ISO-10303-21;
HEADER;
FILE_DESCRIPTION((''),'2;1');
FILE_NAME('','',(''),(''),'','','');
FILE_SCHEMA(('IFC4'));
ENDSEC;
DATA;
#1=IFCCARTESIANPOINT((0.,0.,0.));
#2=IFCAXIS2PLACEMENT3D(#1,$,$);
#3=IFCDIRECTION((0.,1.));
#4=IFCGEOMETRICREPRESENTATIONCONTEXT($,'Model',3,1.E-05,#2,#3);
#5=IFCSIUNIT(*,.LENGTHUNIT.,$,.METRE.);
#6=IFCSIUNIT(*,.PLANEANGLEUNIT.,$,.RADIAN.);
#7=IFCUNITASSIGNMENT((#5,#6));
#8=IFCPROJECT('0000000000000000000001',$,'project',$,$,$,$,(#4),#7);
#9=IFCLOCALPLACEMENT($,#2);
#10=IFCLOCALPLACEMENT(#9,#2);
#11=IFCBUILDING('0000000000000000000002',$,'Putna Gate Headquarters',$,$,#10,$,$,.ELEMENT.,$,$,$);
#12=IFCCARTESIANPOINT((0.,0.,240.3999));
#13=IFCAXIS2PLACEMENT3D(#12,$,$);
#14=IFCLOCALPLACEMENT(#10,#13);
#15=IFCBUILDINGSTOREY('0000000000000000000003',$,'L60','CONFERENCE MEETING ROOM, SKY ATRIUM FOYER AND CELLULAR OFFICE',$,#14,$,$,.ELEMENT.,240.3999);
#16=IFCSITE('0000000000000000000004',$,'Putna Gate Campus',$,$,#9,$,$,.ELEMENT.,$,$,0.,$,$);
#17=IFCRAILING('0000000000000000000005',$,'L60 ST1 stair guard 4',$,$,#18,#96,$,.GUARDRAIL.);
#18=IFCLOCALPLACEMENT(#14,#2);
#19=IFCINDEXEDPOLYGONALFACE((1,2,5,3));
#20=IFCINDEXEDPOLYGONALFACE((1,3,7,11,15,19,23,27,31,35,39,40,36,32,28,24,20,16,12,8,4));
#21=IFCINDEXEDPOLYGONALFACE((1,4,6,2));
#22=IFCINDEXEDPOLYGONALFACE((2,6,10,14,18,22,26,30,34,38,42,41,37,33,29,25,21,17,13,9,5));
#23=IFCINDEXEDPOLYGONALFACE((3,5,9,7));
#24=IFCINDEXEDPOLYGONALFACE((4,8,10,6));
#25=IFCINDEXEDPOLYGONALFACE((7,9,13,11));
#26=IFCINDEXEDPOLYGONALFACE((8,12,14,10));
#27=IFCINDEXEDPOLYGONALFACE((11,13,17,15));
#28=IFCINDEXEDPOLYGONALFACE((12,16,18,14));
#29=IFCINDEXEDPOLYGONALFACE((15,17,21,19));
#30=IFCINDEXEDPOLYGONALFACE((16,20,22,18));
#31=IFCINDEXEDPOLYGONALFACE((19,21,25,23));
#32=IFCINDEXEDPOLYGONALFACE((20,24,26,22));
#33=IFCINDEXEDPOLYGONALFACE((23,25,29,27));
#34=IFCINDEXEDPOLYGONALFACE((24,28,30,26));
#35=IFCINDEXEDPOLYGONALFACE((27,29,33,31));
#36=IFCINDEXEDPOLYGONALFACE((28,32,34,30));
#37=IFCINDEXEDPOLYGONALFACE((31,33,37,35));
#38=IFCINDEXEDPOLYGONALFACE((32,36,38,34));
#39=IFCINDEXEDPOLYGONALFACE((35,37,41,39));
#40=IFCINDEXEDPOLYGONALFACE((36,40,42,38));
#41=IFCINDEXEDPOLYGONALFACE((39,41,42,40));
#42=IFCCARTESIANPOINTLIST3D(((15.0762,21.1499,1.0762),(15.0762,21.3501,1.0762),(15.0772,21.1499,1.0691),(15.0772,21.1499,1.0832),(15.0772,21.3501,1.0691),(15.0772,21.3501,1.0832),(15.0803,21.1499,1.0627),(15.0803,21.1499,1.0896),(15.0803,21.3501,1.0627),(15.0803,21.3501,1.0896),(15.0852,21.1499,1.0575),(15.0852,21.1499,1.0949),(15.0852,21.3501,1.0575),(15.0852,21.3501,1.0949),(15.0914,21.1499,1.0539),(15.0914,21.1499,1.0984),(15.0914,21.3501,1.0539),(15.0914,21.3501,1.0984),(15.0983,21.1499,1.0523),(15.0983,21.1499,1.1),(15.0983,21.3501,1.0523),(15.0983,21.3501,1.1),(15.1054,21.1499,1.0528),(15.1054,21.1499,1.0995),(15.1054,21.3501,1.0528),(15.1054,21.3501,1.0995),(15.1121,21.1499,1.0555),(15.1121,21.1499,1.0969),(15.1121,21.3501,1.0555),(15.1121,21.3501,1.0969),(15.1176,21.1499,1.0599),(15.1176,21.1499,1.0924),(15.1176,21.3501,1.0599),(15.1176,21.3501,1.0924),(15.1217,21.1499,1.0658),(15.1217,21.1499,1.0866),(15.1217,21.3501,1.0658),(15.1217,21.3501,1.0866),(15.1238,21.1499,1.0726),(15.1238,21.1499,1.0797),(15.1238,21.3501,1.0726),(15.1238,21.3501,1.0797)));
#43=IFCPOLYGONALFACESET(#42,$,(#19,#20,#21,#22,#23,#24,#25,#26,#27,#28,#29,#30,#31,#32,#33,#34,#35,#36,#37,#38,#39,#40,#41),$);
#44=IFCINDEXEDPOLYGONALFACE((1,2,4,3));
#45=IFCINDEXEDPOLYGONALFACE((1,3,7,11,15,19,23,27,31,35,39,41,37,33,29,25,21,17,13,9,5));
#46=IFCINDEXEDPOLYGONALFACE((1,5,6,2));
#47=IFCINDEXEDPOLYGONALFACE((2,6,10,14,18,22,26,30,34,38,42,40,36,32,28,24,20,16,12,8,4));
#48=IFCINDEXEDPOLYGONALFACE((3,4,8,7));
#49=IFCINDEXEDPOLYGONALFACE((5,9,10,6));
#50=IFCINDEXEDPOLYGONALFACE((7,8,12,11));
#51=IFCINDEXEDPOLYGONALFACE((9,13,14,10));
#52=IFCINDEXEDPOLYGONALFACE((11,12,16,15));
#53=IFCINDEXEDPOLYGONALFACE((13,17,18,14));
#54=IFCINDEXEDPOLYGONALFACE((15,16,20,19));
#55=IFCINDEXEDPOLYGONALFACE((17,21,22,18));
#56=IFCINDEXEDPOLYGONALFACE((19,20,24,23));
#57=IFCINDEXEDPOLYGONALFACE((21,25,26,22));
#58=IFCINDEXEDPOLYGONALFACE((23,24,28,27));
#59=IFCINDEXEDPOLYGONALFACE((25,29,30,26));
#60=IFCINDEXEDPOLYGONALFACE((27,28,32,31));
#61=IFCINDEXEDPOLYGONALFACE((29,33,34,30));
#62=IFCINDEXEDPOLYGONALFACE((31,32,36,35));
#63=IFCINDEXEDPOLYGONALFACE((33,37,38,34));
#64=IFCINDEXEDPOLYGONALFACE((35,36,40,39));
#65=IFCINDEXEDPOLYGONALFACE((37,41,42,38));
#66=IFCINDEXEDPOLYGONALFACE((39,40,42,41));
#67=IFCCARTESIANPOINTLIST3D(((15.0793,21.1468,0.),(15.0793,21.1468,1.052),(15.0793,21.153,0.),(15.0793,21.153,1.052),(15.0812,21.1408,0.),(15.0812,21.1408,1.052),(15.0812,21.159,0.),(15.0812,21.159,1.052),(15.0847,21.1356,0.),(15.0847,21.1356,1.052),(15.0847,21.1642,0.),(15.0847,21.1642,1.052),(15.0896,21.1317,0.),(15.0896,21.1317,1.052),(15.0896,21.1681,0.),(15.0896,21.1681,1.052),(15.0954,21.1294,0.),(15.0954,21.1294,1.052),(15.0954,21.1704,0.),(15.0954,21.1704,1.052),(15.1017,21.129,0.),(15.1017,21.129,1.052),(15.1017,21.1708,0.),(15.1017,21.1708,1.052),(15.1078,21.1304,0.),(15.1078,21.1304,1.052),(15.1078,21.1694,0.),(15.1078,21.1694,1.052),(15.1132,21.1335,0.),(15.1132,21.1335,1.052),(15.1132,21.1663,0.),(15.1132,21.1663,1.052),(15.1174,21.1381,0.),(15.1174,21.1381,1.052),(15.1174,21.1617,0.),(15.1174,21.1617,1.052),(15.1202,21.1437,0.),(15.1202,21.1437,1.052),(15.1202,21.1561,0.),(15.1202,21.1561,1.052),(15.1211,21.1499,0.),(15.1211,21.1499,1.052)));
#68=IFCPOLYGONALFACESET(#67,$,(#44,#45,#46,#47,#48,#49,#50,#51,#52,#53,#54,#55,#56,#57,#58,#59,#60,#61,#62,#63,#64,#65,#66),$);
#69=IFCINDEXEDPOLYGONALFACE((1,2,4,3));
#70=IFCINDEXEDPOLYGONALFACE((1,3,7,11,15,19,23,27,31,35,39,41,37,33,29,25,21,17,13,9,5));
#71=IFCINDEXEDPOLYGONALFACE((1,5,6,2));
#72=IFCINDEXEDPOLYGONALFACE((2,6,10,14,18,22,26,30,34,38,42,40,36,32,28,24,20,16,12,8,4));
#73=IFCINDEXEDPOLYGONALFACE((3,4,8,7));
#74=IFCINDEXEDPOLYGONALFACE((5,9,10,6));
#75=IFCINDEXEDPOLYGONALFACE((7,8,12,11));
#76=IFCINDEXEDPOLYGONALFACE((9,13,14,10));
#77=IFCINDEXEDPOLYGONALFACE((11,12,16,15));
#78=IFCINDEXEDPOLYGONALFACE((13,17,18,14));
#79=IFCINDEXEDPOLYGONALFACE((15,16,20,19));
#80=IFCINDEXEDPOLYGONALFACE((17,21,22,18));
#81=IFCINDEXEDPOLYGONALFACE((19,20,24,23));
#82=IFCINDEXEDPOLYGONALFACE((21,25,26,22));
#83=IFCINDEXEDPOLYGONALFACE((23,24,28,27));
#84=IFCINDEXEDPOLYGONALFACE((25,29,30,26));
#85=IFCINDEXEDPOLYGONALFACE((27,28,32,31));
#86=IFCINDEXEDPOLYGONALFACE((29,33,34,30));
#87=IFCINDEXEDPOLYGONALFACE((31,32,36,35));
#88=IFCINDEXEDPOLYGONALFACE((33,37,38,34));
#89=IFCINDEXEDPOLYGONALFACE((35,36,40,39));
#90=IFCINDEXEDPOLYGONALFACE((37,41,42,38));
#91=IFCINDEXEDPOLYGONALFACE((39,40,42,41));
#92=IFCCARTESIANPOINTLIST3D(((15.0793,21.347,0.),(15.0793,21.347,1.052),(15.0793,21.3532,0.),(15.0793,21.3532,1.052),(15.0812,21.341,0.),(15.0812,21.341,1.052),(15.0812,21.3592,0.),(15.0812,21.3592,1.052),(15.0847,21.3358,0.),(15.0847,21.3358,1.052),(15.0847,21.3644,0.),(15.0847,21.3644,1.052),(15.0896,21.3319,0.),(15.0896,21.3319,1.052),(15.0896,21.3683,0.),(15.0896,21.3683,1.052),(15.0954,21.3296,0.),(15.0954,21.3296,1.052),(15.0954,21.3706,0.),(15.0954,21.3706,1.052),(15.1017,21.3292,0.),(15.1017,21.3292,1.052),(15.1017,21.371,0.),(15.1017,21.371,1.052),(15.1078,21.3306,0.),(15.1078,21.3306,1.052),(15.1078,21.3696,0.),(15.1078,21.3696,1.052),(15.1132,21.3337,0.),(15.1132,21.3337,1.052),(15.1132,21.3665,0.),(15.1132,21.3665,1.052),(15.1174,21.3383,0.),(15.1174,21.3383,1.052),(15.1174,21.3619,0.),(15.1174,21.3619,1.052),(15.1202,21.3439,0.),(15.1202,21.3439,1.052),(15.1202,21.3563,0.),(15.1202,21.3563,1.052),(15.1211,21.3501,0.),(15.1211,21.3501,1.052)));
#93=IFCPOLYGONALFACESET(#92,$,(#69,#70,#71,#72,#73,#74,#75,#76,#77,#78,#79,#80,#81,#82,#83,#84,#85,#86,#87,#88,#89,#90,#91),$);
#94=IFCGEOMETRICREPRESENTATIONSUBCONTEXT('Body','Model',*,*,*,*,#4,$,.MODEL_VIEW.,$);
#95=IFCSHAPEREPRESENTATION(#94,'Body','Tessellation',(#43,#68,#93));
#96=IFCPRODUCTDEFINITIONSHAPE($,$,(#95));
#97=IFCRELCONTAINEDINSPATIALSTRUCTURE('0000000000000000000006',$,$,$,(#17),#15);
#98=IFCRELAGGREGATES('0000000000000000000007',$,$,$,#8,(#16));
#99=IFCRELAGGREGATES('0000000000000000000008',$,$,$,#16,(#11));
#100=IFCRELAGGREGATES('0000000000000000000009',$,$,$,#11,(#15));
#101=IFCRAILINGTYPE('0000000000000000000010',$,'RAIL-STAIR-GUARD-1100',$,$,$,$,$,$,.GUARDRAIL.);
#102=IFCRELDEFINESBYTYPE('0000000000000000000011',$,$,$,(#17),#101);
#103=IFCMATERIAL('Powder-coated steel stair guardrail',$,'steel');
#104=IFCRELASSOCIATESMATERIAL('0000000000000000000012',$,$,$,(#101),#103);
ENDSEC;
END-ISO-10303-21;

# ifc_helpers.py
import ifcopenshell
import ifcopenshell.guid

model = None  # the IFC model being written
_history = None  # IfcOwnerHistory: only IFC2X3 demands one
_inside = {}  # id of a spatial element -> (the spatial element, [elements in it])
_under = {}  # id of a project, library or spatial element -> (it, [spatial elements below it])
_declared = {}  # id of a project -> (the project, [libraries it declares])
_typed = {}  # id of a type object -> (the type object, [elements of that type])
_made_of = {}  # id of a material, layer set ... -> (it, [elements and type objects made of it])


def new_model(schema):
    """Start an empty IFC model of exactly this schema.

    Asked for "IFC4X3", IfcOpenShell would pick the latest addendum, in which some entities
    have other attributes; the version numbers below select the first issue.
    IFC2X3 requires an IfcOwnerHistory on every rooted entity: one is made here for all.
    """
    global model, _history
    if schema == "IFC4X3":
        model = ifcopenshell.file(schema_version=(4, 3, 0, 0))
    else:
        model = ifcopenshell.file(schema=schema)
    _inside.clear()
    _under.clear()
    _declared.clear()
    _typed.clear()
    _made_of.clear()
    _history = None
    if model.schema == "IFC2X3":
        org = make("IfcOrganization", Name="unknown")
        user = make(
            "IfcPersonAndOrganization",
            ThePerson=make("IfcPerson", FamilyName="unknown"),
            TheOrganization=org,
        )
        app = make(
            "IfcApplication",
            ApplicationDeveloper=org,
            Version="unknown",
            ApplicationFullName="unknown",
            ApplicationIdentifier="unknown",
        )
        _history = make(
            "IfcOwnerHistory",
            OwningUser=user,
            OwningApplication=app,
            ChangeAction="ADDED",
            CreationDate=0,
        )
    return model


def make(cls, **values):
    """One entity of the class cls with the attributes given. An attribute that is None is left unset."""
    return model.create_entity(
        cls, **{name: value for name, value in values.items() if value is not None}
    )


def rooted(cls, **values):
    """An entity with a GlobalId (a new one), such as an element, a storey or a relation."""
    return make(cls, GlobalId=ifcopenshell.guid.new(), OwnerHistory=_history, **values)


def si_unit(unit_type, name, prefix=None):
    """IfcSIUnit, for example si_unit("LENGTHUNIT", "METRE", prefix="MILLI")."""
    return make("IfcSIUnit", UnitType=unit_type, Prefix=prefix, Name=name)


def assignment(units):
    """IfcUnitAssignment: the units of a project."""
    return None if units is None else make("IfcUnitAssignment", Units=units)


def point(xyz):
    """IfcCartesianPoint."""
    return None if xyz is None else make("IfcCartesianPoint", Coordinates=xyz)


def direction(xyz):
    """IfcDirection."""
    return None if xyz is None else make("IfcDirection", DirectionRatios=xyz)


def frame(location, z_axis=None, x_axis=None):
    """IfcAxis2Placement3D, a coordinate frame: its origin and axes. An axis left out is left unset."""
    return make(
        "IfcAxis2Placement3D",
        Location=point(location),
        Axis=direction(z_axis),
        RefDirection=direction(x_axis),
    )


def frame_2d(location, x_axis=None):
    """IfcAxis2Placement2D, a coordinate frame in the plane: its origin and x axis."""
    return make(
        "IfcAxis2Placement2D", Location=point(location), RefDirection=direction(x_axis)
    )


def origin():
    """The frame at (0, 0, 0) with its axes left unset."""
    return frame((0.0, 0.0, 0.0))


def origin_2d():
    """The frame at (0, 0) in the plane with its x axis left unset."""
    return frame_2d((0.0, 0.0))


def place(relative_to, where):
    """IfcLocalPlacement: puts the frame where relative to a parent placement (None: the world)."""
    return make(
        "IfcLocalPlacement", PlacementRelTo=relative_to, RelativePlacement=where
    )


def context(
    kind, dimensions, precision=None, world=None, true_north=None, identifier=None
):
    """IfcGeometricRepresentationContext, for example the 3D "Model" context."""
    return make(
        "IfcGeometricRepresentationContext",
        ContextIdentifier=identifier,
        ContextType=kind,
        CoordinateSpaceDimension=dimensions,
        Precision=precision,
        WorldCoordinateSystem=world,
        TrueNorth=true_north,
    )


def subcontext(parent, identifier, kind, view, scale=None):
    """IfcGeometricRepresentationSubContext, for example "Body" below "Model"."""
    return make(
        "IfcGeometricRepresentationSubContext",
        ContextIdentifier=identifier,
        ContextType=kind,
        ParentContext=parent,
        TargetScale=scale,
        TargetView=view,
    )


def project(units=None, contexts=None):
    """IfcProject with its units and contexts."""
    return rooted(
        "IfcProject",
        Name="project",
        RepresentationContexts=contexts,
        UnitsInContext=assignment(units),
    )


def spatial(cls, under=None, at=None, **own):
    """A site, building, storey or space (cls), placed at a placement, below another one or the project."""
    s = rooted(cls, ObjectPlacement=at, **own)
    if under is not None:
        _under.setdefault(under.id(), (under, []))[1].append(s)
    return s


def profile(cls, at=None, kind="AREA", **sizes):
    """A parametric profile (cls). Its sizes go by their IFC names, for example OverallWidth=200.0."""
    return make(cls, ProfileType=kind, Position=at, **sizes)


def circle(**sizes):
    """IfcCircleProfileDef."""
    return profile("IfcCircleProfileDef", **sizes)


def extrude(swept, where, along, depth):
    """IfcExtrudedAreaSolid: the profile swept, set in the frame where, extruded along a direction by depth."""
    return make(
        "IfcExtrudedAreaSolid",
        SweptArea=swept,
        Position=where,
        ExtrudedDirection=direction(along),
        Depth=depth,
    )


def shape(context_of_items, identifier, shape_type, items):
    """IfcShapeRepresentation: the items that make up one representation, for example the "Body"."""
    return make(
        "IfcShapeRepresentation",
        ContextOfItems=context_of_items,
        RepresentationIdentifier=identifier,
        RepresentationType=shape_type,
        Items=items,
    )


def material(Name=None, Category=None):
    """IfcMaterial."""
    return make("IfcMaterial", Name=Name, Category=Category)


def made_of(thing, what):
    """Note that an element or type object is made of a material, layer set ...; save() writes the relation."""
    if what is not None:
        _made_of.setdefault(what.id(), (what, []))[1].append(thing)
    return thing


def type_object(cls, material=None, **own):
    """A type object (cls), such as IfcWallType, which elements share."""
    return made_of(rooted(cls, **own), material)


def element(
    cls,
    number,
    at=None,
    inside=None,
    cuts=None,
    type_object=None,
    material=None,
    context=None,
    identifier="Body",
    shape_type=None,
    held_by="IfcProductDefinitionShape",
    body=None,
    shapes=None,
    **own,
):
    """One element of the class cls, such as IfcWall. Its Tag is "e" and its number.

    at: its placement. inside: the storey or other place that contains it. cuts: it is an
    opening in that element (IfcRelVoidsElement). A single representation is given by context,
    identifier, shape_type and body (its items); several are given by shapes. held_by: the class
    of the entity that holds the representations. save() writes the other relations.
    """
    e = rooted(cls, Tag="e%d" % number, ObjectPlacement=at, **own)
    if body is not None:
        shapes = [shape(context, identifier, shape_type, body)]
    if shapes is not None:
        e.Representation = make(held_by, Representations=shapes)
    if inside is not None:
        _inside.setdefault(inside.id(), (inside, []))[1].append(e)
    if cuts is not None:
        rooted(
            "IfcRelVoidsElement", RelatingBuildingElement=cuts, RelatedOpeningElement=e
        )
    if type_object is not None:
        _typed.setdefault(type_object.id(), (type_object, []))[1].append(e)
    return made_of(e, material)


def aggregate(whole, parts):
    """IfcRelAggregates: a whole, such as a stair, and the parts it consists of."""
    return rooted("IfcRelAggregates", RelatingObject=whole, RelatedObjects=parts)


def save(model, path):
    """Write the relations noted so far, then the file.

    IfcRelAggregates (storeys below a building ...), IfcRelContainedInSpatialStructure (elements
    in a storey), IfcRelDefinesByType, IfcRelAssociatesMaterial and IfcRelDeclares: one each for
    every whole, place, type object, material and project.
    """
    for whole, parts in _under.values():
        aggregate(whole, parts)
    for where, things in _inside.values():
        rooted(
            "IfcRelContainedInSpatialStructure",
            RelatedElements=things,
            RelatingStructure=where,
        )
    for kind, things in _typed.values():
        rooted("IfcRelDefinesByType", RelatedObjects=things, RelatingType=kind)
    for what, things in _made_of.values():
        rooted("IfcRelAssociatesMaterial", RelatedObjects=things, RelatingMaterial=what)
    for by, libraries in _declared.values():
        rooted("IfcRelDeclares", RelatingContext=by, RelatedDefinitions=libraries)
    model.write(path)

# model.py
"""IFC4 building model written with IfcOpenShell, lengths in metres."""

from ifc_helpers import new_model, si_unit, direction, frame, origin, origin_2d, place, context, subcontext, project, spatial, circle, extrude, material, type_object, element, save


model = new_model("IFC4")

# Units and contexts
model_context = context("Model", 3, precision=1e-05, world=origin(), true_north=direction((0.0, 1.0)))
body_context = subcontext(model_context, "Body", "Model", "MODEL_VIEW")
ifc_project = project(units=[si_unit("LENGTHUNIT", "METRE"), si_unit("PLANEANGLEUNIT", "RADIAN")], contexts=[model_context])

# Site, building, storey
site_placement = place(None, origin())
site = spatial("IfcSite", under=ifc_project, at=site_placement, Name="Putna Gate Campus", CompositionType="ELEMENT", RefElevation=0.0)
building_placement = place(site_placement, origin())
building = spatial("IfcBuilding", under=site, at=building_placement, Name="Putna Gate Headquarters", CompositionType="ELEMENT")
storey_placement = place(building_placement, frame((0.0, 0.0, 240.3999)))
storey = spatial("IfcBuildingStorey", under=building, at=storey_placement, Name="L60", Description="CONFERENCE MEETING ROOM, SKY ATRIUM FOYER AND CELLULAR OFFICE", CompositionType="ELEMENT", Elevation=240.3999)

# Railing
ifc_material_1 = material(Name="Powder-coated steel stair guardrail", Category="steel")
railing_type_1 = type_object("IfcRailingType", Name="RAIL-STAIR-GUARD-1100", PredefinedType="GUARDRAIL", material=ifc_material_1)
railing_1_placement = place(storey_placement, frame((15.1001, 21.1499, 0.0)))
element("IfcRailing", 1, at=railing_1_placement, inside=storey, type_object=railing_type_1, Name="L60 ST1 stair guard 4", PredefinedType="GUARDRAIL", context=body_context, shape_type="SweptSolid", body=[
    extrude(circle(Radius=0.0239, at=origin_2d()), frame((0.0, 0.0, 1.0762), z_axis=(0.0, 1.0, 0.0), x_axis=(-1.0, 0.0, 0.0)), (0.0, 0.0, 1.0), 0.2002),
    extrude(circle(Radius=0.021, at=origin_2d()), origin(), (0.0, 0.0, 1.0), 1.052),
    extrude(circle(Radius=0.021, at=origin_2d()), frame((0.0, 0.2002, 0.0)), (0.0, 0.0, 1.0), 1.052),
])

save(model, "model.ifc")
